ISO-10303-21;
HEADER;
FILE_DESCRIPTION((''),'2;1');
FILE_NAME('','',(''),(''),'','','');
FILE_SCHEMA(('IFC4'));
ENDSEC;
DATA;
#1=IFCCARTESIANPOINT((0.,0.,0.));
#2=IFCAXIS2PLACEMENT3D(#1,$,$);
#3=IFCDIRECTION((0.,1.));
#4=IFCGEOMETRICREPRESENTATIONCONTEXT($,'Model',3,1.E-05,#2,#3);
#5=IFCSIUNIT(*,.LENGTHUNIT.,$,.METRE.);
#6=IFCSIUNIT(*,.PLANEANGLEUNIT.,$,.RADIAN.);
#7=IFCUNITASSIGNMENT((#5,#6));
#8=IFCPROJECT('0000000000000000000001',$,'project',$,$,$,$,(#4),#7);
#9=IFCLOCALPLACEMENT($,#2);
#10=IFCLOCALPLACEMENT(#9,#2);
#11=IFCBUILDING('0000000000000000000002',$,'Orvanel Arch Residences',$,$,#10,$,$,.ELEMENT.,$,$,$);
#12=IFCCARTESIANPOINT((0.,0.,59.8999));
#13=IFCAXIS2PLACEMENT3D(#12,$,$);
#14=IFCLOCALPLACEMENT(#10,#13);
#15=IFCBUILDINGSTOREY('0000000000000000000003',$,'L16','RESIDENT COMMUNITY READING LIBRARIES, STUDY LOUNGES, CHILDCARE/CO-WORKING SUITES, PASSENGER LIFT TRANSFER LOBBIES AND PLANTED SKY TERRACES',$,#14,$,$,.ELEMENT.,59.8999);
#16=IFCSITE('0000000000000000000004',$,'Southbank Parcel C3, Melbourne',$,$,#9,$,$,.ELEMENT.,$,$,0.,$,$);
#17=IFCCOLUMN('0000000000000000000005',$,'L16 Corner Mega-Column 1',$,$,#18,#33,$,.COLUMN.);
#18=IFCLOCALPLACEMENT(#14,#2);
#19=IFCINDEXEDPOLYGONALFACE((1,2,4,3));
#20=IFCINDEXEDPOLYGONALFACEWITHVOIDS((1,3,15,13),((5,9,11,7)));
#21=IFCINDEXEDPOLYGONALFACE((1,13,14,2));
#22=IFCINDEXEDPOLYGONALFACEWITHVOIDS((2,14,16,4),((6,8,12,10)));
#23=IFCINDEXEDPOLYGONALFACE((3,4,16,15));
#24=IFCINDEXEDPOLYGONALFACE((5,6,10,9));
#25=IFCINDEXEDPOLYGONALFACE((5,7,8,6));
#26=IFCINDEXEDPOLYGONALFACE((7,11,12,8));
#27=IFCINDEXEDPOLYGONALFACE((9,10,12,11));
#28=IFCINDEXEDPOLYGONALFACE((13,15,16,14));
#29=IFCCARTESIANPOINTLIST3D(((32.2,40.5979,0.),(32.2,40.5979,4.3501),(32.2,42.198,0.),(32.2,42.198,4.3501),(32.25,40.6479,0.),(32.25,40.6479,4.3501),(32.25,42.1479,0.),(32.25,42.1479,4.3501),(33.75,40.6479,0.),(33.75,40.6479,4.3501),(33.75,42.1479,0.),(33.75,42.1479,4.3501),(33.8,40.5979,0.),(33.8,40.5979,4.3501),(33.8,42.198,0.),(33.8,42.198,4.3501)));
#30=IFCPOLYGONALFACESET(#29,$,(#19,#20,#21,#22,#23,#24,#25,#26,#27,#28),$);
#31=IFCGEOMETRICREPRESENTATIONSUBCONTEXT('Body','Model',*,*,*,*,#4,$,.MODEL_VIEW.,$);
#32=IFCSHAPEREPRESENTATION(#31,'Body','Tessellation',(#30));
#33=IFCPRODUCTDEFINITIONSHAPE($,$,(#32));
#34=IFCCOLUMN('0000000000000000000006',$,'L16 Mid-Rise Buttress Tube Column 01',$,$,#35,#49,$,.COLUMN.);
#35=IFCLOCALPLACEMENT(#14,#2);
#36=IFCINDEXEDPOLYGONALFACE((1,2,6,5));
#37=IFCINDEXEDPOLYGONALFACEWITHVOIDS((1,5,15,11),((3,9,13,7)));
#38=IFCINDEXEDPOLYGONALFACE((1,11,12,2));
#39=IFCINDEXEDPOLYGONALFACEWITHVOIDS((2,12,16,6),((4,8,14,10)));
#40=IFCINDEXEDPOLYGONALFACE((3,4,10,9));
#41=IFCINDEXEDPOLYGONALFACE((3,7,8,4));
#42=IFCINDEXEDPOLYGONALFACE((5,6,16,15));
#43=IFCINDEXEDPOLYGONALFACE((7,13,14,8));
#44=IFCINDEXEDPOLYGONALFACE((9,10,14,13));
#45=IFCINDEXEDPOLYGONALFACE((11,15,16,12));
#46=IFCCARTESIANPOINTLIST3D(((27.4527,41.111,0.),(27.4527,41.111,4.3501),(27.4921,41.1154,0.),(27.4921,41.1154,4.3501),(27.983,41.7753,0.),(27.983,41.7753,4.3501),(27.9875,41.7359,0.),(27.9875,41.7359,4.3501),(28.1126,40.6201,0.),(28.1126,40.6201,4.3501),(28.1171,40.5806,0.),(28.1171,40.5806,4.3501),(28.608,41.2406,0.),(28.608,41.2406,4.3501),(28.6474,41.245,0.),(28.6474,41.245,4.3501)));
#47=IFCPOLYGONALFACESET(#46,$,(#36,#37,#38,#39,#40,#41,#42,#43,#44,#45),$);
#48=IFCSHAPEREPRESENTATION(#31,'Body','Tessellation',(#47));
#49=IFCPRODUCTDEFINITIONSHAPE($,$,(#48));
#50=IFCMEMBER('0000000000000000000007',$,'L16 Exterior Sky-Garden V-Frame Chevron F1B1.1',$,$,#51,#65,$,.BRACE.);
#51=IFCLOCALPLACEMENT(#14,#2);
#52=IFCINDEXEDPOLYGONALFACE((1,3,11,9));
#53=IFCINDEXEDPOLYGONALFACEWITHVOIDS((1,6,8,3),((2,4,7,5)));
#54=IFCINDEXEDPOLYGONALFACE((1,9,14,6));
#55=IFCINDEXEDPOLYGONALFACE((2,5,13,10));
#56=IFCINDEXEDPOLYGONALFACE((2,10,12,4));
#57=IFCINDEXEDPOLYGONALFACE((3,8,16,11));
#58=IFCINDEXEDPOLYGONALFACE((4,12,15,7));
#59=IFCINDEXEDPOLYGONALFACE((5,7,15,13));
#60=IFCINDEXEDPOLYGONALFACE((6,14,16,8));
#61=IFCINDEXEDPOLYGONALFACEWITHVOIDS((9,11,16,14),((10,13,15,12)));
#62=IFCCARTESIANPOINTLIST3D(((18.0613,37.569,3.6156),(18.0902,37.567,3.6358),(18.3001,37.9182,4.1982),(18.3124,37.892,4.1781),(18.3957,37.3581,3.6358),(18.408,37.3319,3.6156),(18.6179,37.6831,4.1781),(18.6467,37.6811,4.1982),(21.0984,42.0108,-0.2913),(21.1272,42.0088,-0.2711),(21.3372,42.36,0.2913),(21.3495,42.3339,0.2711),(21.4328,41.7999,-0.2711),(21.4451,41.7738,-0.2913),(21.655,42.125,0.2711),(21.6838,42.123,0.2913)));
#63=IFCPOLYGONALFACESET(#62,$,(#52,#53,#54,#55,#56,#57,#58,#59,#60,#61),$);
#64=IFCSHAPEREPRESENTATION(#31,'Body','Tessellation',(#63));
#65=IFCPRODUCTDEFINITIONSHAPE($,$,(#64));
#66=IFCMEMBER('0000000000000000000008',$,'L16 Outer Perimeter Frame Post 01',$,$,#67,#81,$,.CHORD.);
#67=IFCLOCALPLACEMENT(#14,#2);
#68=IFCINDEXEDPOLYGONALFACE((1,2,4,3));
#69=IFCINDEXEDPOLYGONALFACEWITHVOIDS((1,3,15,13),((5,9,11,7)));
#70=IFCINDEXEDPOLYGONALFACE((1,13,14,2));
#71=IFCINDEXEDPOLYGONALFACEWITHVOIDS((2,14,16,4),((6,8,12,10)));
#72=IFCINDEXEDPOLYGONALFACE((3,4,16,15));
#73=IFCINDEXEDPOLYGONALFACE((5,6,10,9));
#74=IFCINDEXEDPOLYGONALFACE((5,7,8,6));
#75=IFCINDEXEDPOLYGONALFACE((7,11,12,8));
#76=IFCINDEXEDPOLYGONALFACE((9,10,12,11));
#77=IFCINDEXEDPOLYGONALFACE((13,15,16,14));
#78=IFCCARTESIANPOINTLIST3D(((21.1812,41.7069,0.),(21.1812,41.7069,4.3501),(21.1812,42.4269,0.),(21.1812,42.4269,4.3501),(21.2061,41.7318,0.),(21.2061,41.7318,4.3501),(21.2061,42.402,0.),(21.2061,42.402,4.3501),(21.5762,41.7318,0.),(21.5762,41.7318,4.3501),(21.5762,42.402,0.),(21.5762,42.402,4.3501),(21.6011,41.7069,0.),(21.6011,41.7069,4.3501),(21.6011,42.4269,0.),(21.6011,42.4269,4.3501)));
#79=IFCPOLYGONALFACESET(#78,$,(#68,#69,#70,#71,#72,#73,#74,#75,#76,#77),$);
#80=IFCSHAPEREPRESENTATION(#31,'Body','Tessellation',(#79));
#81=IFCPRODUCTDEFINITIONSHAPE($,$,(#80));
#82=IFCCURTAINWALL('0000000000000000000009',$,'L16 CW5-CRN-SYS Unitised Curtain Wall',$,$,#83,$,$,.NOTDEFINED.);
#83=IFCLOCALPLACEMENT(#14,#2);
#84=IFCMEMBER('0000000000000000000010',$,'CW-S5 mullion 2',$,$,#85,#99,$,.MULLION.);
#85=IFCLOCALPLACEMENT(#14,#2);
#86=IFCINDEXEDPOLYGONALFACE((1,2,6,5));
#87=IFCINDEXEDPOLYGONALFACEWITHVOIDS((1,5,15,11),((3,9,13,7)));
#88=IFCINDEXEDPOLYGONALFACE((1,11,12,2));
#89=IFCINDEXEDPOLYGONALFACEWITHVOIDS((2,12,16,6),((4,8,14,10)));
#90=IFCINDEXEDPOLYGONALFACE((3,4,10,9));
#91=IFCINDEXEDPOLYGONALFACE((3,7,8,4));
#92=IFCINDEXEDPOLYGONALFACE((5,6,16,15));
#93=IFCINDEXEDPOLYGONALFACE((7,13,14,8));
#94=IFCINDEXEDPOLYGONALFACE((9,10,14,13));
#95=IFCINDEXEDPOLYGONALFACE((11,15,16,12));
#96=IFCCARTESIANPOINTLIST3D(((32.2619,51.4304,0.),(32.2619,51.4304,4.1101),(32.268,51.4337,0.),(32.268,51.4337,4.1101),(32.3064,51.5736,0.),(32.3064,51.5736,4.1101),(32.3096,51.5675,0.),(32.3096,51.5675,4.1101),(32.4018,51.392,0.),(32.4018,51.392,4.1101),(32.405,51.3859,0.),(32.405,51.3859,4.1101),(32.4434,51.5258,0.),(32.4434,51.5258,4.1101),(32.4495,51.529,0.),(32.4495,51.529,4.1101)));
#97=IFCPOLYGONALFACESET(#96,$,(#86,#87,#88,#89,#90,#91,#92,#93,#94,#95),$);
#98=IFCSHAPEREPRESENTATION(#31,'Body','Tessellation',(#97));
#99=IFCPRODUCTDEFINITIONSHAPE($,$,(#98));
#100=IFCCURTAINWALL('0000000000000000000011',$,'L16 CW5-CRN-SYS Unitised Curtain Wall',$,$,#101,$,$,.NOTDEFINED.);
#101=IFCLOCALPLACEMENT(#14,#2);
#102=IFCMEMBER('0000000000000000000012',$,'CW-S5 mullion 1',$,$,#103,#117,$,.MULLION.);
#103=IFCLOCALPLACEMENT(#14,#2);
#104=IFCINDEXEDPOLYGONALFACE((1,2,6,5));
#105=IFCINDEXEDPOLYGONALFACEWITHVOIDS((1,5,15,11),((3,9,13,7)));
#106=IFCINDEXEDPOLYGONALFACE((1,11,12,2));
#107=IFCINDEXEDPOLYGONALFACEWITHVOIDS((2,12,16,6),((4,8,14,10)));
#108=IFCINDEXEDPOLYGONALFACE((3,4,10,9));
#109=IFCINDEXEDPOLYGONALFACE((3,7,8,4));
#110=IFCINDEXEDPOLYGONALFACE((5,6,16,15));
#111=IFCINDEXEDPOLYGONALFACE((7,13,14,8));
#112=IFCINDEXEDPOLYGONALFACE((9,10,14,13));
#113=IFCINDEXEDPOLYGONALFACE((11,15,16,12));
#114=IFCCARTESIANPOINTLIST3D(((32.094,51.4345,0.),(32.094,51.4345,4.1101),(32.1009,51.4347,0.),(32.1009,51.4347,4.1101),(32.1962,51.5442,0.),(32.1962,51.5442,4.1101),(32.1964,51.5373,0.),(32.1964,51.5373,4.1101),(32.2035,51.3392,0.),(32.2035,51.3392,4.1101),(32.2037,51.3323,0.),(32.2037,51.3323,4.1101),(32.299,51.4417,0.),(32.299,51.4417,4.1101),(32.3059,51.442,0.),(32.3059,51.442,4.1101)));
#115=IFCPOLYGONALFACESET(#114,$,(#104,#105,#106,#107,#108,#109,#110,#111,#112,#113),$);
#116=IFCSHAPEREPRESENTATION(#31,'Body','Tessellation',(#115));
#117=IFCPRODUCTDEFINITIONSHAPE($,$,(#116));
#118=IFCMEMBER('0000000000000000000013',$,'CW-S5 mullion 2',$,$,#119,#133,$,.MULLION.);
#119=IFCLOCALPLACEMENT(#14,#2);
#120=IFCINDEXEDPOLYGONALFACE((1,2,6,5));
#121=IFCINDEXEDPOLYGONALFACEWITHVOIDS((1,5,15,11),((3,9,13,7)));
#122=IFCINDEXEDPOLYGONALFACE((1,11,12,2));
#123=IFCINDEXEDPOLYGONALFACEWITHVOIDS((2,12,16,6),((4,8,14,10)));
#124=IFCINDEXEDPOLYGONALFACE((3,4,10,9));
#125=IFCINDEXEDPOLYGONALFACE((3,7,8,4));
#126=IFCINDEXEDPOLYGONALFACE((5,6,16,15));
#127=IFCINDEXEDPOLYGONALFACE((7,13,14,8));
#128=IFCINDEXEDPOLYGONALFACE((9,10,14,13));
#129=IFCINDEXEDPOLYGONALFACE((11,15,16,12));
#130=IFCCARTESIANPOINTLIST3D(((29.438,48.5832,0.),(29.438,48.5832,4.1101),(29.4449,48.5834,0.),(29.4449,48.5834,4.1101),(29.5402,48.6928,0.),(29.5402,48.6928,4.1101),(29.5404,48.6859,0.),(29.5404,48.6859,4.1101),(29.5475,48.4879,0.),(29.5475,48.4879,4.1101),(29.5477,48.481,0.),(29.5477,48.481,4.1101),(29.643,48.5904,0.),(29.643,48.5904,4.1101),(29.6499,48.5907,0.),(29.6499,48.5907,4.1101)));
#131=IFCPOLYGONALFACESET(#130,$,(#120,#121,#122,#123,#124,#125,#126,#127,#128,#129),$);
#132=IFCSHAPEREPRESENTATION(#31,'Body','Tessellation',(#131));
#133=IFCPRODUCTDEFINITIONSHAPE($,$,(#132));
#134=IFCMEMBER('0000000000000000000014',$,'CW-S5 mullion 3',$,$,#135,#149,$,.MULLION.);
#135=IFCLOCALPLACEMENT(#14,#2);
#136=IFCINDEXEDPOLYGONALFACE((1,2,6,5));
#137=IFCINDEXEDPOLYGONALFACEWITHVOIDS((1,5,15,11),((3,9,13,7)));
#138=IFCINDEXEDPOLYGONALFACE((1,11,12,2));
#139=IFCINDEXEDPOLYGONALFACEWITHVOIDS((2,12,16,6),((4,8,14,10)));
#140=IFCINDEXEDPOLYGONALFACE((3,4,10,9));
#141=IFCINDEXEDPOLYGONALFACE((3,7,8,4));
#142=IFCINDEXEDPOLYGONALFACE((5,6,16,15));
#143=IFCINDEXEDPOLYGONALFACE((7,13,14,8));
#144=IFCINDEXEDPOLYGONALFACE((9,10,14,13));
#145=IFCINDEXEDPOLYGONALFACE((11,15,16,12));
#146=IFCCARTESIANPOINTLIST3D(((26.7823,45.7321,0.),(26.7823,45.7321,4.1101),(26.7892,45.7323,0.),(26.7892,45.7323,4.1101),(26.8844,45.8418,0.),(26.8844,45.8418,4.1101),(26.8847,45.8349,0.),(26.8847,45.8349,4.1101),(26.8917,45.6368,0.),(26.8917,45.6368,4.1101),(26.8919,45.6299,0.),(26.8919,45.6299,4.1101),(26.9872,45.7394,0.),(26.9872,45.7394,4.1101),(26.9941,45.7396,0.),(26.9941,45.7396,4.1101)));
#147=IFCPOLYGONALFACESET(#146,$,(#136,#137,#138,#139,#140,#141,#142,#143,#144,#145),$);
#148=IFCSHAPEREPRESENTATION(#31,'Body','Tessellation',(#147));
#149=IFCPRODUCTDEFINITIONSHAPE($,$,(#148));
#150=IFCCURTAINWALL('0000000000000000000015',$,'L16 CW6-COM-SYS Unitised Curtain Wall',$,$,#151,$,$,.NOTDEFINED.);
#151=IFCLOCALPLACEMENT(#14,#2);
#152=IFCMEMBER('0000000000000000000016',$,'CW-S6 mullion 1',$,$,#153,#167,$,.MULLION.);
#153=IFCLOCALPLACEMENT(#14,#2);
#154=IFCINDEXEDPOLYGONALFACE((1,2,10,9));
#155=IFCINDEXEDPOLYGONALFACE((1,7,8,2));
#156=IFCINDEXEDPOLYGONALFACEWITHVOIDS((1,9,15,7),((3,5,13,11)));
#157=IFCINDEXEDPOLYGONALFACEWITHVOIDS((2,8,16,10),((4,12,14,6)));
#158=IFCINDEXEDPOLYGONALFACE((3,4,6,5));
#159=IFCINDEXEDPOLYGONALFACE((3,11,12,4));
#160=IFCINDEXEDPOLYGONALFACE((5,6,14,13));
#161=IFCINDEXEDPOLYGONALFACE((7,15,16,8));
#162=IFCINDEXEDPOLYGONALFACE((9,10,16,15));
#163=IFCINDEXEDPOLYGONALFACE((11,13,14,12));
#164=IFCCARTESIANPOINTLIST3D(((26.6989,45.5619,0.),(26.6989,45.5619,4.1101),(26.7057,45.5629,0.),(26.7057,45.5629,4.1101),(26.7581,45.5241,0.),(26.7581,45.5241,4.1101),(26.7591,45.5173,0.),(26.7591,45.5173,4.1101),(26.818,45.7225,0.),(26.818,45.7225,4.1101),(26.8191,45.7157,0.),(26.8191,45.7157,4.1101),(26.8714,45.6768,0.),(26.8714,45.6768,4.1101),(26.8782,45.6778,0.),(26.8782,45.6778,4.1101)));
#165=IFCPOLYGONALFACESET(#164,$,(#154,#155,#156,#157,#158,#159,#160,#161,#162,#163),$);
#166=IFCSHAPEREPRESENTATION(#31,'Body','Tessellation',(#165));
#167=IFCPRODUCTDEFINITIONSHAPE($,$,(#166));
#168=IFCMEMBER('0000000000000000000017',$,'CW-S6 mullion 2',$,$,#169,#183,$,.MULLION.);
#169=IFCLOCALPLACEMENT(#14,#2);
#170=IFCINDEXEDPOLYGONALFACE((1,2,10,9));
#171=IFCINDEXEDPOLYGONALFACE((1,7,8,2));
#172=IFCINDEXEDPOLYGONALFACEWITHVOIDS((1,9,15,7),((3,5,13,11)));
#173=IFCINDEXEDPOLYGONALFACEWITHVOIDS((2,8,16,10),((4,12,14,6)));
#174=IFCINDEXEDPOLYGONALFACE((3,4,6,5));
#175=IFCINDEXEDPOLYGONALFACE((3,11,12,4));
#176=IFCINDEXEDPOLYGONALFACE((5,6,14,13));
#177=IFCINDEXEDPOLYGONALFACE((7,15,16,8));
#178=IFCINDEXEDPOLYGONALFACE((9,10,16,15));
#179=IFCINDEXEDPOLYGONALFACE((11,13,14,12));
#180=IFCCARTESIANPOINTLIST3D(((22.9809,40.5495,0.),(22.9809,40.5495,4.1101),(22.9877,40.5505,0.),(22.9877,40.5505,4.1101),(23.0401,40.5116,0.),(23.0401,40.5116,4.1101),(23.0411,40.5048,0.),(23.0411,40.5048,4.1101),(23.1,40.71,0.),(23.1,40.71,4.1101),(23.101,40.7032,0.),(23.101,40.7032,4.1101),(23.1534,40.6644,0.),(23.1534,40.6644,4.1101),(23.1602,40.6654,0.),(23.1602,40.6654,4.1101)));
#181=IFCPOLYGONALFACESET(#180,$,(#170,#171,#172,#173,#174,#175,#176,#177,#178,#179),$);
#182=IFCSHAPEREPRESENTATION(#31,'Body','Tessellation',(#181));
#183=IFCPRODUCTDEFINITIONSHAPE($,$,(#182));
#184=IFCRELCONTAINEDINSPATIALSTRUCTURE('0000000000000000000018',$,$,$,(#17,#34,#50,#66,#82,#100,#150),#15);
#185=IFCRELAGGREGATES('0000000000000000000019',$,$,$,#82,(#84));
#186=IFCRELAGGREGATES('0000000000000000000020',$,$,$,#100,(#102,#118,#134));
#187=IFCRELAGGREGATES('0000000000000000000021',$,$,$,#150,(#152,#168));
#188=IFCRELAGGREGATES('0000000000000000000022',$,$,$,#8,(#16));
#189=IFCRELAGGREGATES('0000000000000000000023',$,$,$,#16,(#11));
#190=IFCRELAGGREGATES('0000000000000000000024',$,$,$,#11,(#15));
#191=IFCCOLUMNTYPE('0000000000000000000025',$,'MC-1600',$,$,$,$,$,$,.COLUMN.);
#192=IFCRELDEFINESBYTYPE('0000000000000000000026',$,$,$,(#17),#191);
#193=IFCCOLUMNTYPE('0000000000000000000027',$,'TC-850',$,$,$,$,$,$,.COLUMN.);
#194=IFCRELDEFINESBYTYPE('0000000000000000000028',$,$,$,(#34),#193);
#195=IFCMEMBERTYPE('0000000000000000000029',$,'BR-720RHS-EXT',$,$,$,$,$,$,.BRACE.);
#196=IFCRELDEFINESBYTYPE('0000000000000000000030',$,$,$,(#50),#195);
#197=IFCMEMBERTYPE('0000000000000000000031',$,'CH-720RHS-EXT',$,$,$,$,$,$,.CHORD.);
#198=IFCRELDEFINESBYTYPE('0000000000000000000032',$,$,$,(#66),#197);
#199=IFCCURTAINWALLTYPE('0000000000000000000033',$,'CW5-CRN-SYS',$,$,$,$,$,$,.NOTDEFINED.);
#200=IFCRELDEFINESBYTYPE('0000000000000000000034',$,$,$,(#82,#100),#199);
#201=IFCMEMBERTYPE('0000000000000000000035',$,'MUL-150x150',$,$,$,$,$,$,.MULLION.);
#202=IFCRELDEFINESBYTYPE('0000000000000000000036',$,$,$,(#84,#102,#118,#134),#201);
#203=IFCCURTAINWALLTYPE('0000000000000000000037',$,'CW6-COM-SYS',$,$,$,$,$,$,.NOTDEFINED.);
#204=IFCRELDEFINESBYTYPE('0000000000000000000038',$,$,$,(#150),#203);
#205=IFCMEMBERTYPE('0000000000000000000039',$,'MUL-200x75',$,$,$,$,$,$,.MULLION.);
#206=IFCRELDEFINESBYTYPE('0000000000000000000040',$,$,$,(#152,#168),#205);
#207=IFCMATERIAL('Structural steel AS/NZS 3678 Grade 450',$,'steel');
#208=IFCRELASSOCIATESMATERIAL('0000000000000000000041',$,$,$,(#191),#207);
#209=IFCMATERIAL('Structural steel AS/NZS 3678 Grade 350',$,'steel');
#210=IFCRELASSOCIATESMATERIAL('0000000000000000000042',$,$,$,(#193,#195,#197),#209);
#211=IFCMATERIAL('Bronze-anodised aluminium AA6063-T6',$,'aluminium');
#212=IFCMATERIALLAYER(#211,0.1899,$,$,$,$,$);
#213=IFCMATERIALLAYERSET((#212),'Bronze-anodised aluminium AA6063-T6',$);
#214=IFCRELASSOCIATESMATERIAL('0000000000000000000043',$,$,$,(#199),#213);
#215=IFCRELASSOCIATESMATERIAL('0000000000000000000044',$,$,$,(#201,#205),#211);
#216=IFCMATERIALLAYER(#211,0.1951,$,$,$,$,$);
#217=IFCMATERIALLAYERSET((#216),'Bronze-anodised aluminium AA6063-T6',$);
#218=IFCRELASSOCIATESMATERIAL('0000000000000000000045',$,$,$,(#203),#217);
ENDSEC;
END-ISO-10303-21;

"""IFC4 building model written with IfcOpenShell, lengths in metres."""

from ifc_helpers import new_model, si_unit, direction, frame, origin, origin_2d, place, context, subcontext, project, spatial, hollow_rectangle, extrude, material, layer, layer_set, material_profile, profile_set, type_object, element, aggregate, save


model = new_model("IFC4")

# Units and contexts
model_context = context("Model", 3, precision=1e-05, world=origin(), true_north=direction((0.0, 1.0)))
body_context = subcontext(model_context, "Body", "Model", "MODEL_VIEW")
ifc_project = project(units=[si_unit("LENGTHUNIT", "METRE"), si_unit("PLANEANGLEUNIT", "RADIAN")], contexts=[model_context])

# Site, building, storey
site_placement = place(None, origin())
site = spatial("IfcSite", under=ifc_project, at=site_placement, Name="Southbank Parcel C3, Melbourne", CompositionType="ELEMENT", RefElevation=0.0)
building_placement = place(site_placement, origin())
building = spatial("IfcBuilding", under=site, at=building_placement, Name="Orvanel Arch Residences", CompositionType="ELEMENT")
storey_placement = place(building_placement, frame((0.0, 0.0, 59.8999)))
storey = spatial("IfcBuildingStorey", under=building, at=storey_placement, Name="L16", Description="RESIDENT COMMUNITY READING LIBRARIES, STUDY LOUNGES, CHILDCARE/CO-WORKING SUITES, PASSENGER LIFT TRANSFER LOBBIES AND PLANTED SKY TERRACES", CompositionType="ELEMENT", Elevation=59.8999)

# Columns
ifc_material_1 = material(Name="Structural steel AS/NZS 3678 Grade 450", Category="steel")
ifc_material_profile_1 = material_profile(ifc_material_1, hollow_rectangle(XDim=1.6001, YDim=1.6001, WallThickness=0.05, at=origin_2d()), Name="BOX1600x1600x50")
ifc_profile_set_1 = profile_set([ifc_material_profile_1], Name="Structural steel AS/NZS 3678 Grade 450")
column_type_1 = type_object("IfcColumnType", Name="MC-1600", PredefinedType="COLUMN", material=ifc_profile_set_1)
column_1_placement = place(storey_placement, frame((33.0, 41.3979, 0.0), z_axis=(0.0, 0.0, 1.0), x_axis=(1.0, 0.0, 0.0)))
element("IfcColumn", 1, at=column_1_placement, inside=storey, type_object=column_type_1, Name="L16 Corner Mega-Column 1", PredefinedType="COLUMN", context=body_context, shape_type="SweptSolid", body=[
    extrude(hollow_rectangle(XDim=1.6001, YDim=1.6001, WallThickness=0.05, at=origin_2d()), origin(), (0.0, 0.0, 1.0), 4.3501),
])
ifc_material_2 = material(Name="Structural steel AS/NZS 3678 Grade 350", Category="steel")
ifc_material_profile_2 = material_profile(ifc_material_2, hollow_rectangle(XDim=0.8501, YDim=0.8501, WallThickness=0.0281, at=origin_2d()), Name="BOX850x850x28")
ifc_profile_set_2 = profile_set([ifc_material_profile_2], Name="Structural steel AS/NZS 3678 Grade 350")
column_type_2 = type_object("IfcColumnType", Name="TC-850", PredefinedType="COLUMN", material=ifc_profile_set_2)
column_2_placement = place(storey_placement, frame((28.05, 41.178, 0.0), z_axis=(0.0, 0.0, 1.0), x_axis=(0.62388, 0.78152, 0.0)))
element("IfcColumn", 2, at=column_2_placement, inside=storey, type_object=column_type_2, Name="L16 Mid-Rise Buttress Tube Column 01", PredefinedType="COLUMN", context=body_context, shape_type="SweptSolid", body=[
    extrude(hollow_rectangle(XDim=0.8501, YDim=0.8501, WallThickness=0.0281, at=origin_2d()), origin(), (0.0, 0.0, 1.0), 4.3501),
])

# Members
ifc_material_profile_3 = material_profile(ifc_material_2, hollow_rectangle(XDim=0.4199, YDim=0.72, WallThickness=0.0249, at=origin_2d()), Name="RHS720x420x25")
ifc_profile_set_3 = profile_set([ifc_material_profile_3], Name="Structural steel AS/NZS 3678 Grade 350")
member_type_1 = type_object("IfcMemberType", Name="BR-720RHS-EXT", PredefinedType="BRACE", material=ifc_profile_set_3)
member_1_placement = place(storey_placement, frame((21.3911, 42.0669, 0.0), z_axis=(-0.456726, -0.667981, 0.58754), x_axis=(0.825488, -0.56442, 0.0)))
element("IfcMember", 3, at=member_1_placement, inside=storey, type_object=member_type_1, Name="L16 Exterior Sky-Garden V-Frame Chevron F1B1.1", PredefinedType="BRACE", context=body_context, shape_type="SweptSolid", body=[
    extrude(hollow_rectangle(XDim=0.4199, YDim=0.72, WallThickness=0.0249, at=origin_2d()), origin(), (0.0, 0.0, 1.0), 6.6497),
])
ifc_material_profile_4 = material_profile(ifc_material_2, hollow_rectangle(XDim=0.4199, YDim=0.72, WallThickness=0.0249, at=origin_2d()), Name="RHS720x420x25")
ifc_profile_set_4 = profile_set([ifc_material_profile_4], Name="Structural steel AS/NZS 3678 Grade 350")
member_type_2 = type_object("IfcMemberType", Name="CH-720RHS-EXT", PredefinedType="CHORD", material=ifc_profile_set_4)
member_2_placement = place(storey_placement, frame((21.3911, 42.0669, 0.0), z_axis=(0.0, 0.0, 1.0), x_axis=(1.0, 0.0, 0.0)))
element("IfcMember", 4, at=member_2_placement, inside=storey, type_object=member_type_2, Name="L16 Outer Perimeter Frame Post 01", PredefinedType="CHORD", context=body_context, shape_type="SweptSolid", body=[
    extrude(hollow_rectangle(XDim=0.4199, YDim=0.72, WallThickness=0.0249, at=origin_2d()), origin(), (0.0, 0.0, 1.0), 4.3501),
])

# Curtain wall, member
ifc_material_3 = material(Name="Bronze-anodised aluminium AA6063-T6", Category="aluminium")
ifc_layer_1 = layer(ifc_material_3, 0.1899)
ifc_layer_set_1 = layer_set([ifc_layer_1], Name="Bronze-anodised aluminium AA6063-T6")
curtain_wall_type_1 = type_object("IfcCurtainWallType", Name="CW5-CRN-SYS", PredefinedType="NOTDEFINED", material=ifc_layer_set_1)
curtain_wall_1_placement = place(storey_placement, origin())
curtain_wall_1 = element("IfcCurtainWall", 5, at=curtain_wall_1_placement, inside=storey, type_object=curtain_wall_type_1, Name="L16 CW5-CRN-SYS Unitised Curtain Wall", PredefinedType="NOTDEFINED")
ifc_material_profile_5 = material_profile(ifc_material_3, hollow_rectangle(XDim=0.1499, YDim=0.1499, WallThickness=0.0049, at=origin_2d()), Name="ALU150x150x5")
ifc_profile_set_5 = profile_set([ifc_material_profile_5], Name="Bronze-anodised aluminium AA6063-T6")
member_type_3 = type_object("IfcMemberType", Name="MUL-150x150", PredefinedType="MULLION", material=ifc_profile_set_5)
member_3_placement = place(storey_placement, frame((32.3557, 51.4797, 0.0), z_axis=(0.0, 0.0, 1.0), x_axis=(-0.297113, -0.954842, 0.0)))
member_3 = element("IfcMember", 6, at=member_3_placement, type_object=member_type_3, Name="CW-S5 mullion 2", PredefinedType="MULLION", context=body_context, shape_type="SweptSolid", body=[
    extrude(hollow_rectangle(XDim=0.1499, YDim=0.1499, WallThickness=0.0049, at=origin_2d()), origin(), (0.0, 0.0, 1.0), 4.1101),
])
aggregate(curtain_wall_1, [member_3])

# Curtain walls, members
curtain_wall_2_placement = place(storey_placement, origin())
curtain_wall_2 = element("IfcCurtainWall", 7, at=curtain_wall_2_placement, inside=storey, type_object=curtain_wall_type_1, Name="L16 CW5-CRN-SYS Unitised Curtain Wall", PredefinedType="NOTDEFINED")
member_4_placement = place(storey_placement, frame((32.2, 51.4382, 0.0), z_axis=(0.0, 0.0, 1.0), x_axis=(0.731716, -0.681609, 0.0)))
member_4 = element("IfcMember", 8, at=member_4_placement, type_object=member_type_3, Name="CW-S5 mullion 1", PredefinedType="MULLION", context=body_context, shape_type="SweptSolid", body=[
    extrude(hollow_rectangle(XDim=0.1499, YDim=0.1499, WallThickness=0.0049, at=origin_2d()), origin(), (0.0, 0.0, 1.0), 4.1101),
])
member_5_placement = place(storey_placement, frame((29.5439, 48.5869, 0.0), z_axis=(0.0, 0.0, 1.0), x_axis=(0.731716, -0.681609, 0.0)))
member_5 = element("IfcMember", 9, at=member_5_placement, type_object=member_type_3, Name="CW-S5 mullion 2", PredefinedType="MULLION", context=body_context, shape_type="SweptSolid", body=[
    extrude(hollow_rectangle(XDim=0.1499, YDim=0.1499, WallThickness=0.0049, at=origin_2d()), origin(), (0.0, 0.0, 1.0), 4.1101),
])
member_6_placement = place(storey_placement, frame((26.8882, 45.7358, 0.0), z_axis=(0.0, 0.0, 1.0), x_axis=(0.731716, -0.681609, 0.0)))
member_6 = element("IfcMember", 10, at=member_6_placement, type_object=member_type_3, Name="CW-S5 mullion 3", PredefinedType="MULLION", context=body_context, shape_type="SweptSolid", body=[
    extrude(hollow_rectangle(XDim=0.1499, YDim=0.1499, WallThickness=0.0049, at=origin_2d()), origin(), (0.0, 0.0, 1.0), 4.1101),
])
ifc_layer_2 = layer(ifc_material_3, 0.1951)
ifc_layer_set_2 = layer_set([ifc_layer_2], Name="Bronze-anodised aluminium AA6063-T6")
curtain_wall_type_2 = type_object("IfcCurtainWallType", Name="CW6-COM-SYS", PredefinedType="NOTDEFINED", material=ifc_layer_set_2)
curtain_wall_3_placement = place(storey_placement, origin())
curtain_wall_3 = element("IfcCurtainWall", 11, at=curtain_wall_3_placement, inside=storey, type_object=curtain_wall_type_2, Name="L16 CW6-COM-SYS Unitised Curtain Wall", PredefinedType="NOTDEFINED")
ifc_material_profile_6 = material_profile(ifc_material_3, hollow_rectangle(XDim=0.075, YDim=0.2, WallThickness=0.0049, at=origin_2d()), Name="ALU200x75x5")
ifc_profile_set_6 = profile_set([ifc_material_profile_6], Name="Bronze-anodised aluminium AA6063-T6")
member_type_4 = type_object("IfcMemberType", Name="MUL-200x75", PredefinedType="MULLION", material=ifc_profile_set_6)
member_7_placement = place(storey_placement, frame((26.7886, 45.6199, 0.0), z_axis=(0.0, 0.0, 1.0), x_axis=(0.803152, -0.595774, 0.0)))
member_7 = element("IfcMember", 12, at=member_7_placement, type_object=member_type_4, Name="CW-S6 mullion 1", PredefinedType="MULLION", context=body_context, shape_type="SweptSolid", body=[
    extrude(hollow_rectangle(XDim=0.075, YDim=0.2, WallThickness=0.0049, at=origin_2d()), origin(), (0.0, 0.0, 1.0), 4.1101),
])
member_8_placement = place(storey_placement, frame((23.0706, 40.6074, 0.0), z_axis=(0.0, 0.0, 1.0), x_axis=(0.803152, -0.595774, 0.0)))
member_8 = element("IfcMember", 13, at=member_8_placement, type_object=member_type_4, Name="CW-S6 mullion 2", PredefinedType="MULLION", context=body_context, shape_type="SweptSolid", body=[
    extrude(hollow_rectangle(XDim=0.075, YDim=0.2, WallThickness=0.0049, at=origin_2d()), origin(), (0.0, 0.0, 1.0), 4.1101),
])

aggregate(curtain_wall_2, [member_4, member_5, member_6])
aggregate(curtain_wall_3, [member_7, member_8])

save(model, "model.ifc")
